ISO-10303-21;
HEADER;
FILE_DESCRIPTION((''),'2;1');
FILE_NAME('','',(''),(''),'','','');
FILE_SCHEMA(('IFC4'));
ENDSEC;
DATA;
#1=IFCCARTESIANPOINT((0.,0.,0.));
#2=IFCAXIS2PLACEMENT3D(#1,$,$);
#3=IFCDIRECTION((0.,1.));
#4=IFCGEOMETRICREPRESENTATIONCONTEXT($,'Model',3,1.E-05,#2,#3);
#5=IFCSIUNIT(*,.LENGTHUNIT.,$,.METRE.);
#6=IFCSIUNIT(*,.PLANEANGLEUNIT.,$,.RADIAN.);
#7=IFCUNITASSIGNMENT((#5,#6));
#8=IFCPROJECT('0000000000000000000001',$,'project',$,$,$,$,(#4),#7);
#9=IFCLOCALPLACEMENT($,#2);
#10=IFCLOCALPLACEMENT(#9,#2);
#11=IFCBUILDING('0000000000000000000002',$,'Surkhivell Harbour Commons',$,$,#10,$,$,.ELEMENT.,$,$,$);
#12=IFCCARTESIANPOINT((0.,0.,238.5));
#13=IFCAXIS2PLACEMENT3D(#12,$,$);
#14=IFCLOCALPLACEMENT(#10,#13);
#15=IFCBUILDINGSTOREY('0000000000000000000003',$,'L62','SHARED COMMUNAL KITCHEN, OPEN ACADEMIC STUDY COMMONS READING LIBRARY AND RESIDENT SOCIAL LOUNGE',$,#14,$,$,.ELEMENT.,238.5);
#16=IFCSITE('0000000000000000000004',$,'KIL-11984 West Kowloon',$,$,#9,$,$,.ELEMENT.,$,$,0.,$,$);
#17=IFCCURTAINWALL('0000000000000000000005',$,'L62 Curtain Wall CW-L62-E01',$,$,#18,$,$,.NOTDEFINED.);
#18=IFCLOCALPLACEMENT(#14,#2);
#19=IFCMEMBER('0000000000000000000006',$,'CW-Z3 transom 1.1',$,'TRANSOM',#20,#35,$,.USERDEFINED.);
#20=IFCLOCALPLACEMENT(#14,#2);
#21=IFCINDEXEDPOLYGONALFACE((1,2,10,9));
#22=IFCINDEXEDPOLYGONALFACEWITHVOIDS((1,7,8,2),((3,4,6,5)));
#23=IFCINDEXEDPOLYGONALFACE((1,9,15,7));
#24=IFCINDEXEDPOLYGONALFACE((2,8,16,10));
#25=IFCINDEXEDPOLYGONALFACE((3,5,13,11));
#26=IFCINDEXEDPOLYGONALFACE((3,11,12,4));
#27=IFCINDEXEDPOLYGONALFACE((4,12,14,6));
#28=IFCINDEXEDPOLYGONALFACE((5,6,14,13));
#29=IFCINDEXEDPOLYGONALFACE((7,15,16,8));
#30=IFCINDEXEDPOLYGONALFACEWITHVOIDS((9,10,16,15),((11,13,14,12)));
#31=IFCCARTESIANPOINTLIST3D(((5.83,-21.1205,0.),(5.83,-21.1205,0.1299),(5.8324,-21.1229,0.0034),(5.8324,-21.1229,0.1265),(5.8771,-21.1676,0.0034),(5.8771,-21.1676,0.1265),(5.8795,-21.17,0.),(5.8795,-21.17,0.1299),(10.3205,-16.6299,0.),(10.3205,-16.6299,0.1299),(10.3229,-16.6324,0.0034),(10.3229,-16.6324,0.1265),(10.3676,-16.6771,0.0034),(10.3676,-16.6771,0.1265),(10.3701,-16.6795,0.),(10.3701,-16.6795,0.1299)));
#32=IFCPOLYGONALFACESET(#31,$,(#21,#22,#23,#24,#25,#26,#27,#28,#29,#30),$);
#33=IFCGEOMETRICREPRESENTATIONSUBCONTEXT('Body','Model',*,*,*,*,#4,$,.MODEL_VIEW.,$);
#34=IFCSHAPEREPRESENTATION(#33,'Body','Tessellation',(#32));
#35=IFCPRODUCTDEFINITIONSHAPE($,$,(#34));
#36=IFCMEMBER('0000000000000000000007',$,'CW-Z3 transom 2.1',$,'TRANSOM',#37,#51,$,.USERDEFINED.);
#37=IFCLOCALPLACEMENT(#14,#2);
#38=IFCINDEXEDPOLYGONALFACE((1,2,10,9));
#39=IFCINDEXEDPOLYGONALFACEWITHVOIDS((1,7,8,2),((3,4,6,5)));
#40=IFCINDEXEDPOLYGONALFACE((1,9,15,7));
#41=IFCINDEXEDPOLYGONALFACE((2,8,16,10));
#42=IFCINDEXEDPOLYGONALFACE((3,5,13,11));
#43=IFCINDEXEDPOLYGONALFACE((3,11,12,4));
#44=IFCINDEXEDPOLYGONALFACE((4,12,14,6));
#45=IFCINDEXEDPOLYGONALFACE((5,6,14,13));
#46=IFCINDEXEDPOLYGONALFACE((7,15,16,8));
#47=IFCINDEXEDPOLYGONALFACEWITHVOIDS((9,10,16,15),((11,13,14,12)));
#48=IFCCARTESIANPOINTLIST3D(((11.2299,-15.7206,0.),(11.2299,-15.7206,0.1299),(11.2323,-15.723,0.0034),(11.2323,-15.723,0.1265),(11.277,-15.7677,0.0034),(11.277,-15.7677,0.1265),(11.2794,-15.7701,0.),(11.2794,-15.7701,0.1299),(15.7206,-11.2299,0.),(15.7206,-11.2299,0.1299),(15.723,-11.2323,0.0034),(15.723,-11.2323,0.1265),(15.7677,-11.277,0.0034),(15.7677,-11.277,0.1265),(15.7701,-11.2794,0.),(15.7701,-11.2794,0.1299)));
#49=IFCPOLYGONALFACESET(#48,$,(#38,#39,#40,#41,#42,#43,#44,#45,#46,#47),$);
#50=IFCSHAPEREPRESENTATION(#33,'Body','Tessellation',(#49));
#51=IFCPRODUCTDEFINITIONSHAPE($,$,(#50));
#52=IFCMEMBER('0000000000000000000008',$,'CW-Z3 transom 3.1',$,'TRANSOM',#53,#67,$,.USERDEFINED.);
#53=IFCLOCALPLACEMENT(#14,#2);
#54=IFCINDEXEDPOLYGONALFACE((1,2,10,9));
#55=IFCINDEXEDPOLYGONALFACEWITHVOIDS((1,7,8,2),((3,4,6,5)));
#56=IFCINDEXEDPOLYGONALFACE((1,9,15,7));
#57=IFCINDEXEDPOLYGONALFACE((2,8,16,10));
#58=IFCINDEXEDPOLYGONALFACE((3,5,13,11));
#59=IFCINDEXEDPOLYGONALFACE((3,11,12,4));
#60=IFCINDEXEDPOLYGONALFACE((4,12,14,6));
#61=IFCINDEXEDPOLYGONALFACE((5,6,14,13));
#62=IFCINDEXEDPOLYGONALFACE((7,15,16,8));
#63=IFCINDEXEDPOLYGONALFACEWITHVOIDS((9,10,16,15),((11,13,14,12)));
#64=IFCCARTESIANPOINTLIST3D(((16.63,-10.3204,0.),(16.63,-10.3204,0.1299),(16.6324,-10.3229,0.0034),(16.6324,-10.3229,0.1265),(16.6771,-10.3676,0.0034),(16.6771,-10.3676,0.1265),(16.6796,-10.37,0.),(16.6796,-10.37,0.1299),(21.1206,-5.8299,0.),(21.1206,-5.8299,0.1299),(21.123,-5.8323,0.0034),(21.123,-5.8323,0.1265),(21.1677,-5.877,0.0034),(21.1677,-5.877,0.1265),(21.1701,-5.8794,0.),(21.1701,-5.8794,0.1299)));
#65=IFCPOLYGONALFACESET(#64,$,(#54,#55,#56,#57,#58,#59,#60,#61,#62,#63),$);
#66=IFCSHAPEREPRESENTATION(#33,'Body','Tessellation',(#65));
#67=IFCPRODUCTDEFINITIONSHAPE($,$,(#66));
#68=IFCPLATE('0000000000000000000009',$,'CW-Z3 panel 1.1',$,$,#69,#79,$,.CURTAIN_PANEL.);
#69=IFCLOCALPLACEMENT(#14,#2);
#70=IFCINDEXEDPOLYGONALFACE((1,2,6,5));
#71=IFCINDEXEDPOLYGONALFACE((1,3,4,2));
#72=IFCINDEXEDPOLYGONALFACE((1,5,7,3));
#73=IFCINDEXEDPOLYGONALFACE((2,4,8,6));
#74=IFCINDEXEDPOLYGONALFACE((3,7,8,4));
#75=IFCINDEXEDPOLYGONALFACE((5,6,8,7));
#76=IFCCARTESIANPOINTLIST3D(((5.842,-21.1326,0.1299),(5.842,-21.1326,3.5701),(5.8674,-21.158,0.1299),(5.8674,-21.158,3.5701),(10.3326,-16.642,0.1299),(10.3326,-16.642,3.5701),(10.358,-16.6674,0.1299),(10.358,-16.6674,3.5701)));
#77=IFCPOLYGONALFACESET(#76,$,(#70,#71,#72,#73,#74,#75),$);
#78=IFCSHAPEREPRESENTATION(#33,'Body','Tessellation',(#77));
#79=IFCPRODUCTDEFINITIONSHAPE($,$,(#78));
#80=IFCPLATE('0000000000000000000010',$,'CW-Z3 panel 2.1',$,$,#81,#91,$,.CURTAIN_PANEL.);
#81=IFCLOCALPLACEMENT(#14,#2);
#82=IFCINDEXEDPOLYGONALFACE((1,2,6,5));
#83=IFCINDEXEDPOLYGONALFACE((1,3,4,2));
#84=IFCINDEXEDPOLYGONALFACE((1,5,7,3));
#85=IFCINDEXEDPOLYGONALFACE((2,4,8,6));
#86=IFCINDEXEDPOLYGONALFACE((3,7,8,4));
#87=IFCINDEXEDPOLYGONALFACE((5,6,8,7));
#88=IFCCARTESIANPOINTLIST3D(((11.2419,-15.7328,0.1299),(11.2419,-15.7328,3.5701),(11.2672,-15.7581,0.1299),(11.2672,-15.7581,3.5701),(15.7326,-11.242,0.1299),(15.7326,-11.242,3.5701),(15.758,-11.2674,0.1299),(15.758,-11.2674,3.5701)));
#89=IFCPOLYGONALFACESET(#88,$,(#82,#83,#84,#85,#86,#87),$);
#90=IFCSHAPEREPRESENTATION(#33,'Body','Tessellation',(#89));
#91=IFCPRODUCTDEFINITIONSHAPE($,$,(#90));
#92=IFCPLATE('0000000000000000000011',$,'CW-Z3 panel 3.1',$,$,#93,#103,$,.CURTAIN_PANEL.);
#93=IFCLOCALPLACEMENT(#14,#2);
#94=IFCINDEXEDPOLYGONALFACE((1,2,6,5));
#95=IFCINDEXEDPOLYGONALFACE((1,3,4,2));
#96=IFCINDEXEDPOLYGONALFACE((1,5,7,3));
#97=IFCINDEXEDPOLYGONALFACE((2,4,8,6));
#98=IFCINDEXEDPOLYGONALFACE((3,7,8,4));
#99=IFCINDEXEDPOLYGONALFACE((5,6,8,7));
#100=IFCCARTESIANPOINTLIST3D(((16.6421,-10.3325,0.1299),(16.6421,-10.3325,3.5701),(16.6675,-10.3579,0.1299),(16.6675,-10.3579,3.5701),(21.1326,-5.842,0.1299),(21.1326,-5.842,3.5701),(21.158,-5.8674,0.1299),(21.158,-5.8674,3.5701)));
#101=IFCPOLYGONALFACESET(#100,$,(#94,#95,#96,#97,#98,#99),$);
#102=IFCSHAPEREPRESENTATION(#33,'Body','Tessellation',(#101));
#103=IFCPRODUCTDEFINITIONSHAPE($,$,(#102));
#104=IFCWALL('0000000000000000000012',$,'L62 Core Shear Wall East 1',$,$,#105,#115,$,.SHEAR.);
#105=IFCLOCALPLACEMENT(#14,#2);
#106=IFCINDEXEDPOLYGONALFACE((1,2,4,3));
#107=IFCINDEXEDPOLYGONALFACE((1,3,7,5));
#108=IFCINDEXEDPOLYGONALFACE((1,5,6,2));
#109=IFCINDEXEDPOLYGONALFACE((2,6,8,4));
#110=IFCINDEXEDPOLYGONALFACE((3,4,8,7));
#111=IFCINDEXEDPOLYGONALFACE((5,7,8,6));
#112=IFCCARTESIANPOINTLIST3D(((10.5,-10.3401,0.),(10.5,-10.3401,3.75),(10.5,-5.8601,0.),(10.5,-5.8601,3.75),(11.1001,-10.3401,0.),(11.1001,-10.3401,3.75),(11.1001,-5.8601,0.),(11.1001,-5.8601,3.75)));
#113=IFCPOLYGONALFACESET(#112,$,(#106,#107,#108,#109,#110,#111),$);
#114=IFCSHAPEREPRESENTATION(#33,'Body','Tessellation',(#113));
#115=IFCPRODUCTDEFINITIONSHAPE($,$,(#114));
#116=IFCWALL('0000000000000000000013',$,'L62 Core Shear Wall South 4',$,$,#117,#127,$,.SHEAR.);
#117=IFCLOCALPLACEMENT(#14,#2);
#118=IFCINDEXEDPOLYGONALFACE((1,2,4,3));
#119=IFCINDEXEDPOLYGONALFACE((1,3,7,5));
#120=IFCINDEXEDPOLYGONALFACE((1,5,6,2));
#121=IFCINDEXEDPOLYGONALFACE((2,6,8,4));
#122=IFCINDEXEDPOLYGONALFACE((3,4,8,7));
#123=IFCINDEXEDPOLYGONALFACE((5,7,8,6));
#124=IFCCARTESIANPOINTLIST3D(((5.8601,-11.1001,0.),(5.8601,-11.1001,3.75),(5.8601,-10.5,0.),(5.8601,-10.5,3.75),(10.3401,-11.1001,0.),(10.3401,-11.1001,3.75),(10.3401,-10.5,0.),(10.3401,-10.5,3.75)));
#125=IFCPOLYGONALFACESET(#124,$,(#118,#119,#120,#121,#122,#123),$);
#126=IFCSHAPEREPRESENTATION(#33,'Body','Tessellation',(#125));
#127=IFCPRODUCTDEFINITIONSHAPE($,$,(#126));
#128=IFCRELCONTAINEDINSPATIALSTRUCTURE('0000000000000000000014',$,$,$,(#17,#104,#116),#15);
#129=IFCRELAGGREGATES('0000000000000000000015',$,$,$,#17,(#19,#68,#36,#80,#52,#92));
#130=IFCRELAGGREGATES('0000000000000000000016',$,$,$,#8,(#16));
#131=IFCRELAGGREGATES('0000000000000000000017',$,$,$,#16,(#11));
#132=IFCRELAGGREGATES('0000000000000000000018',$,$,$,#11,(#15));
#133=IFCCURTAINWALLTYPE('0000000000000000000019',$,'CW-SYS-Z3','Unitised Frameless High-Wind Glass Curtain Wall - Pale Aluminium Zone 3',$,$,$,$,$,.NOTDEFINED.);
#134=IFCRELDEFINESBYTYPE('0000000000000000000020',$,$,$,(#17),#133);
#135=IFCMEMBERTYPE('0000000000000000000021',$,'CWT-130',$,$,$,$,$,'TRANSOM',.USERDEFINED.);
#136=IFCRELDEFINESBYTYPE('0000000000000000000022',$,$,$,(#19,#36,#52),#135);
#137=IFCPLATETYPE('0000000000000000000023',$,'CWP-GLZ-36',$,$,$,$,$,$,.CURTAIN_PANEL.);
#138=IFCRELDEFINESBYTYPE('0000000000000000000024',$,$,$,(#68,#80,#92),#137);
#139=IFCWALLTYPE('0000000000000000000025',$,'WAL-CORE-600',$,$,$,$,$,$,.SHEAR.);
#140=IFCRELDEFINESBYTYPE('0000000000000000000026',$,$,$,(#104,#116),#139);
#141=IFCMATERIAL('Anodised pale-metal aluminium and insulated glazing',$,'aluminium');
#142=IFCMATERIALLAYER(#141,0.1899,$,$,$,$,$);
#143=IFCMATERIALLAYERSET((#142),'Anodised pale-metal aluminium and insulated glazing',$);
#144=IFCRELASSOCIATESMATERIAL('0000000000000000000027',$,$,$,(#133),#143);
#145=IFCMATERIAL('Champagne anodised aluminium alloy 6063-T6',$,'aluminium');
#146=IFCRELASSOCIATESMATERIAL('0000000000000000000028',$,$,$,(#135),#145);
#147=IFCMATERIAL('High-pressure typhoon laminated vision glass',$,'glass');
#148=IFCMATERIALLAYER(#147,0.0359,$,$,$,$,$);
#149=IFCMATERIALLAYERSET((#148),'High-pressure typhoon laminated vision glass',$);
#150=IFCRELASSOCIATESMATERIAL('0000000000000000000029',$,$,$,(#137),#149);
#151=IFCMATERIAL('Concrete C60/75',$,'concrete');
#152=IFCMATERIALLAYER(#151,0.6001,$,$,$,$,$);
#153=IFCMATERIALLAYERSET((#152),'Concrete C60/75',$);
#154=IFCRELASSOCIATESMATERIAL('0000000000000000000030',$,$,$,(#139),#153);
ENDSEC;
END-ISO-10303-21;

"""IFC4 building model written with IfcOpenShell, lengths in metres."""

from ifc_helpers import new_model, si_unit, direction, frame, frame_2d, origin, origin_2d, place, context, subcontext, project, spatial, rectangle, hollow_rectangle, extrude, material, layer, layer_set, material_profile, profile_set, type_object, element, aggregate, save


model = new_model("IFC4")

# Units and contexts
model_context = context("Model", 3, precision=1e-05, world=origin(), true_north=direction((0.0, 1.0)))
body_context = subcontext(model_context, "Body", "Model", "MODEL_VIEW")
ifc_project = project(units=[si_unit("LENGTHUNIT", "METRE"), si_unit("PLANEANGLEUNIT", "RADIAN")], contexts=[model_context])

# Site, building, storey
site_placement = place(None, origin())
site = spatial("IfcSite", under=ifc_project, at=site_placement, Name="KIL-11984 West Kowloon", CompositionType="ELEMENT", RefElevation=0.0)
building_placement = place(site_placement, origin())
building = spatial("IfcBuilding", under=site, at=building_placement, Name="Surkhivell Harbour Commons", CompositionType="ELEMENT")
storey_placement = place(building_placement, frame((0.0, 0.0, 238.5)))
storey = spatial("IfcBuildingStorey", under=building, at=storey_placement, Name="L62", Description="SHARED COMMUNAL KITCHEN, OPEN ACADEMIC STUDY COMMONS READING LIBRARY AND RESIDENT SOCIAL LOUNGE", CompositionType="ELEMENT", Elevation=238.5)

# Shared definitions
ifc_material_1 = material(Name="Concrete C60/75", Category="concrete")

# Curtain wall, members, plates
ifc_material_2 = material(Name="Anodised pale-metal aluminium and insulated glazing", Category="aluminium")
ifc_layer_1 = layer(ifc_material_2, 0.1899)
ifc_layer_set_1 = layer_set([ifc_layer_1], Name="Anodised pale-metal aluminium and insulated glazing")
curtain_wall_type = type_object("IfcCurtainWallType", Name="CW-SYS-Z3", Description="Unitised Frameless High-Wind Glass Curtain Wall - Pale Aluminium Zone 3", PredefinedType="NOTDEFINED", material=ifc_layer_set_1)
curtain_wall_placement = place(storey_placement, origin())
curtain_wall = element("IfcCurtainWall", 1, at=curtain_wall_placement, inside=storey, type_object=curtain_wall_type, Name="L62 Curtain Wall CW-L62-E01", PredefinedType="NOTDEFINED")
ifc_material_3 = material(Name="Champagne anodised aluminium alloy 6063-T6", Category="aluminium")
ifc_material_profile_1 = material_profile(ifc_material_3, hollow_rectangle(XDim=0.0701, YDim=0.1299, WallThickness=0.0034, at=origin_2d()), Name="ALU-TRAN-70x130")
ifc_profile_set_1 = profile_set([ifc_material_profile_1], Name="Champagne anodised aluminium alloy 6063-T6")
member_type_1 = type_object("IfcMemberType", Name="CWT-130", ElementType="TRANSOM", PredefinedType="USERDEFINED", material=ifc_profile_set_1)
member_1_placement = place(storey_placement, frame((5.8547, -21.1453, 0.0649), z_axis=(0.707107, 0.707107, 0.0), x_axis=(-0.707107, 0.707107, 0.0)))
member_1 = element("IfcMember", 2, at=member_1_placement, type_object=member_type_1, Name="CW-Z3 transom 1.1", ObjectType="TRANSOM", PredefinedType="USERDEFINED", context=body_context, shape_type="SweptSolid", body=[
    extrude(hollow_rectangle(XDim=0.0701, YDim=0.1299, WallThickness=0.0034, at=origin_2d()), origin(), (0.0, 0.0, 1.0), 6.3506),
])
member_2_placement = place(storey_placement, frame((11.2546, -15.7454, 0.0649), z_axis=(0.707107, 0.707107, 0.0), x_axis=(-0.707107, 0.707107, 0.0)))
member_2 = element("IfcMember", 3, at=member_2_placement, type_object=member_type_1, Name="CW-Z3 transom 2.1", ObjectType="TRANSOM", PredefinedType="USERDEFINED", context=body_context, shape_type="SweptSolid", body=[
    extrude(hollow_rectangle(XDim=0.0701, YDim=0.1299, WallThickness=0.0034, at=origin_2d()), origin(), (0.0, 0.0, 1.0), 6.3508),
])
member_3_placement = place(storey_placement, frame((16.6548, -10.3452, 0.0649), z_axis=(0.707107, 0.707107, 0.0), x_axis=(-0.707107, 0.707107, 0.0)))
member_3 = element("IfcMember", 4, at=member_3_placement, type_object=member_type_1, Name="CW-Z3 transom 3.1", ObjectType="TRANSOM", PredefinedType="USERDEFINED", context=body_context, shape_type="SweptSolid", body=[
    extrude(hollow_rectangle(XDim=0.0701, YDim=0.1299, WallThickness=0.0034, at=origin_2d()), origin(), (0.0, 0.0, 1.0), 6.3506),
])
ifc_material_4 = material(Name="High-pressure typhoon laminated vision glass", Category="glass")
ifc_layer_2 = layer(ifc_material_4, 0.0359)
ifc_layer_set_2 = layer_set([ifc_layer_2], Name="High-pressure typhoon laminated vision glass")
plate_type = type_object("IfcPlateType", Name="CWP-GLZ-36", PredefinedType="CURTAIN_PANEL", material=ifc_layer_set_2)
plate_1_placement = place(storey_placement, frame((5.8547, -21.1453, 0.1299), z_axis=(0.0, 0.0, 1.0), x_axis=(0.707107, 0.707107, 0.0)))
plate_1 = element("IfcPlate", 5, at=plate_1_placement, type_object=plate_type, Name="CW-Z3 panel 1.1", PredefinedType="CURTAIN_PANEL", context=body_context, shape_type="SweptSolid", body=[
    extrude(rectangle(XDim=6.3506, YDim=0.0359, at=frame_2d((3.1753, 0.0))), origin(), (0.0, 0.0, 1.0), 3.4402),
])
plate_2_placement = place(storey_placement, frame((11.2546, -15.7454, 0.1299), z_axis=(0.0, 0.0, 1.0), x_axis=(0.707107, 0.707107, 0.0)))
plate_2 = element("IfcPlate", 6, at=plate_2_placement, type_object=plate_type, Name="CW-Z3 panel 2.1", PredefinedType="CURTAIN_PANEL", context=body_context, shape_type="SweptSolid", body=[
    extrude(rectangle(XDim=6.3508, YDim=0.0359, at=frame_2d((3.1753, 0.0))), origin(), (0.0, 0.0, 1.0), 3.4402),
])
plate_3_placement = place(storey_placement, frame((16.6548, -10.3452, 0.1299), z_axis=(0.0, 0.0, 1.0), x_axis=(0.707107, 0.707107, 0.0)))
plate_3 = element("IfcPlate", 7, at=plate_3_placement, type_object=plate_type, Name="CW-Z3 panel 3.1", PredefinedType="CURTAIN_PANEL", context=body_context, shape_type="SweptSolid", body=[
    extrude(rectangle(XDim=6.3506, YDim=0.0359, at=frame_2d((3.1753, 0.0))), origin(), (0.0, 0.0, 1.0), 3.4402),
])
aggregate(curtain_wall, [member_1, plate_1, member_2, plate_2, member_3, plate_3])

# Walls
ifc_layer_3 = layer(ifc_material_1, 0.6001)
ifc_layer_set_3 = layer_set([ifc_layer_3], Name="Concrete C60/75")
wall_type_1 = type_object("IfcWallType", Name="WAL-CORE-600", PredefinedType="SHEAR", material=ifc_layer_set_3)
for number, where, z_axis, x_axis, name in (
    (8, (10.8, -10.3401, 0.0), (0.0, 0.0, 1.0), (0.0, 1.0, 0.0), "L62 Core Shear Wall East 1"),
    (9, (5.8601, -10.8, 0.0), (0.0, 0.0, 1.0), (1.0, 0.0, 0.0), "L62 Core Shear Wall South 4"),
):
    element("IfcWall", number, at=place(storey_placement, frame(where, z_axis=z_axis, x_axis=x_axis)), inside=storey, type_object=wall_type_1, Name=name, PredefinedType="SHEAR", context=body_context, shape_type="SweptSolid", body=[
        extrude(rectangle(XDim=4.48, YDim=0.6001, at=frame_2d((2.24, 0.0))), origin(), (0.0, 0.0, 1.0), 3.75),
    ])

save(model, "model.ifc")
